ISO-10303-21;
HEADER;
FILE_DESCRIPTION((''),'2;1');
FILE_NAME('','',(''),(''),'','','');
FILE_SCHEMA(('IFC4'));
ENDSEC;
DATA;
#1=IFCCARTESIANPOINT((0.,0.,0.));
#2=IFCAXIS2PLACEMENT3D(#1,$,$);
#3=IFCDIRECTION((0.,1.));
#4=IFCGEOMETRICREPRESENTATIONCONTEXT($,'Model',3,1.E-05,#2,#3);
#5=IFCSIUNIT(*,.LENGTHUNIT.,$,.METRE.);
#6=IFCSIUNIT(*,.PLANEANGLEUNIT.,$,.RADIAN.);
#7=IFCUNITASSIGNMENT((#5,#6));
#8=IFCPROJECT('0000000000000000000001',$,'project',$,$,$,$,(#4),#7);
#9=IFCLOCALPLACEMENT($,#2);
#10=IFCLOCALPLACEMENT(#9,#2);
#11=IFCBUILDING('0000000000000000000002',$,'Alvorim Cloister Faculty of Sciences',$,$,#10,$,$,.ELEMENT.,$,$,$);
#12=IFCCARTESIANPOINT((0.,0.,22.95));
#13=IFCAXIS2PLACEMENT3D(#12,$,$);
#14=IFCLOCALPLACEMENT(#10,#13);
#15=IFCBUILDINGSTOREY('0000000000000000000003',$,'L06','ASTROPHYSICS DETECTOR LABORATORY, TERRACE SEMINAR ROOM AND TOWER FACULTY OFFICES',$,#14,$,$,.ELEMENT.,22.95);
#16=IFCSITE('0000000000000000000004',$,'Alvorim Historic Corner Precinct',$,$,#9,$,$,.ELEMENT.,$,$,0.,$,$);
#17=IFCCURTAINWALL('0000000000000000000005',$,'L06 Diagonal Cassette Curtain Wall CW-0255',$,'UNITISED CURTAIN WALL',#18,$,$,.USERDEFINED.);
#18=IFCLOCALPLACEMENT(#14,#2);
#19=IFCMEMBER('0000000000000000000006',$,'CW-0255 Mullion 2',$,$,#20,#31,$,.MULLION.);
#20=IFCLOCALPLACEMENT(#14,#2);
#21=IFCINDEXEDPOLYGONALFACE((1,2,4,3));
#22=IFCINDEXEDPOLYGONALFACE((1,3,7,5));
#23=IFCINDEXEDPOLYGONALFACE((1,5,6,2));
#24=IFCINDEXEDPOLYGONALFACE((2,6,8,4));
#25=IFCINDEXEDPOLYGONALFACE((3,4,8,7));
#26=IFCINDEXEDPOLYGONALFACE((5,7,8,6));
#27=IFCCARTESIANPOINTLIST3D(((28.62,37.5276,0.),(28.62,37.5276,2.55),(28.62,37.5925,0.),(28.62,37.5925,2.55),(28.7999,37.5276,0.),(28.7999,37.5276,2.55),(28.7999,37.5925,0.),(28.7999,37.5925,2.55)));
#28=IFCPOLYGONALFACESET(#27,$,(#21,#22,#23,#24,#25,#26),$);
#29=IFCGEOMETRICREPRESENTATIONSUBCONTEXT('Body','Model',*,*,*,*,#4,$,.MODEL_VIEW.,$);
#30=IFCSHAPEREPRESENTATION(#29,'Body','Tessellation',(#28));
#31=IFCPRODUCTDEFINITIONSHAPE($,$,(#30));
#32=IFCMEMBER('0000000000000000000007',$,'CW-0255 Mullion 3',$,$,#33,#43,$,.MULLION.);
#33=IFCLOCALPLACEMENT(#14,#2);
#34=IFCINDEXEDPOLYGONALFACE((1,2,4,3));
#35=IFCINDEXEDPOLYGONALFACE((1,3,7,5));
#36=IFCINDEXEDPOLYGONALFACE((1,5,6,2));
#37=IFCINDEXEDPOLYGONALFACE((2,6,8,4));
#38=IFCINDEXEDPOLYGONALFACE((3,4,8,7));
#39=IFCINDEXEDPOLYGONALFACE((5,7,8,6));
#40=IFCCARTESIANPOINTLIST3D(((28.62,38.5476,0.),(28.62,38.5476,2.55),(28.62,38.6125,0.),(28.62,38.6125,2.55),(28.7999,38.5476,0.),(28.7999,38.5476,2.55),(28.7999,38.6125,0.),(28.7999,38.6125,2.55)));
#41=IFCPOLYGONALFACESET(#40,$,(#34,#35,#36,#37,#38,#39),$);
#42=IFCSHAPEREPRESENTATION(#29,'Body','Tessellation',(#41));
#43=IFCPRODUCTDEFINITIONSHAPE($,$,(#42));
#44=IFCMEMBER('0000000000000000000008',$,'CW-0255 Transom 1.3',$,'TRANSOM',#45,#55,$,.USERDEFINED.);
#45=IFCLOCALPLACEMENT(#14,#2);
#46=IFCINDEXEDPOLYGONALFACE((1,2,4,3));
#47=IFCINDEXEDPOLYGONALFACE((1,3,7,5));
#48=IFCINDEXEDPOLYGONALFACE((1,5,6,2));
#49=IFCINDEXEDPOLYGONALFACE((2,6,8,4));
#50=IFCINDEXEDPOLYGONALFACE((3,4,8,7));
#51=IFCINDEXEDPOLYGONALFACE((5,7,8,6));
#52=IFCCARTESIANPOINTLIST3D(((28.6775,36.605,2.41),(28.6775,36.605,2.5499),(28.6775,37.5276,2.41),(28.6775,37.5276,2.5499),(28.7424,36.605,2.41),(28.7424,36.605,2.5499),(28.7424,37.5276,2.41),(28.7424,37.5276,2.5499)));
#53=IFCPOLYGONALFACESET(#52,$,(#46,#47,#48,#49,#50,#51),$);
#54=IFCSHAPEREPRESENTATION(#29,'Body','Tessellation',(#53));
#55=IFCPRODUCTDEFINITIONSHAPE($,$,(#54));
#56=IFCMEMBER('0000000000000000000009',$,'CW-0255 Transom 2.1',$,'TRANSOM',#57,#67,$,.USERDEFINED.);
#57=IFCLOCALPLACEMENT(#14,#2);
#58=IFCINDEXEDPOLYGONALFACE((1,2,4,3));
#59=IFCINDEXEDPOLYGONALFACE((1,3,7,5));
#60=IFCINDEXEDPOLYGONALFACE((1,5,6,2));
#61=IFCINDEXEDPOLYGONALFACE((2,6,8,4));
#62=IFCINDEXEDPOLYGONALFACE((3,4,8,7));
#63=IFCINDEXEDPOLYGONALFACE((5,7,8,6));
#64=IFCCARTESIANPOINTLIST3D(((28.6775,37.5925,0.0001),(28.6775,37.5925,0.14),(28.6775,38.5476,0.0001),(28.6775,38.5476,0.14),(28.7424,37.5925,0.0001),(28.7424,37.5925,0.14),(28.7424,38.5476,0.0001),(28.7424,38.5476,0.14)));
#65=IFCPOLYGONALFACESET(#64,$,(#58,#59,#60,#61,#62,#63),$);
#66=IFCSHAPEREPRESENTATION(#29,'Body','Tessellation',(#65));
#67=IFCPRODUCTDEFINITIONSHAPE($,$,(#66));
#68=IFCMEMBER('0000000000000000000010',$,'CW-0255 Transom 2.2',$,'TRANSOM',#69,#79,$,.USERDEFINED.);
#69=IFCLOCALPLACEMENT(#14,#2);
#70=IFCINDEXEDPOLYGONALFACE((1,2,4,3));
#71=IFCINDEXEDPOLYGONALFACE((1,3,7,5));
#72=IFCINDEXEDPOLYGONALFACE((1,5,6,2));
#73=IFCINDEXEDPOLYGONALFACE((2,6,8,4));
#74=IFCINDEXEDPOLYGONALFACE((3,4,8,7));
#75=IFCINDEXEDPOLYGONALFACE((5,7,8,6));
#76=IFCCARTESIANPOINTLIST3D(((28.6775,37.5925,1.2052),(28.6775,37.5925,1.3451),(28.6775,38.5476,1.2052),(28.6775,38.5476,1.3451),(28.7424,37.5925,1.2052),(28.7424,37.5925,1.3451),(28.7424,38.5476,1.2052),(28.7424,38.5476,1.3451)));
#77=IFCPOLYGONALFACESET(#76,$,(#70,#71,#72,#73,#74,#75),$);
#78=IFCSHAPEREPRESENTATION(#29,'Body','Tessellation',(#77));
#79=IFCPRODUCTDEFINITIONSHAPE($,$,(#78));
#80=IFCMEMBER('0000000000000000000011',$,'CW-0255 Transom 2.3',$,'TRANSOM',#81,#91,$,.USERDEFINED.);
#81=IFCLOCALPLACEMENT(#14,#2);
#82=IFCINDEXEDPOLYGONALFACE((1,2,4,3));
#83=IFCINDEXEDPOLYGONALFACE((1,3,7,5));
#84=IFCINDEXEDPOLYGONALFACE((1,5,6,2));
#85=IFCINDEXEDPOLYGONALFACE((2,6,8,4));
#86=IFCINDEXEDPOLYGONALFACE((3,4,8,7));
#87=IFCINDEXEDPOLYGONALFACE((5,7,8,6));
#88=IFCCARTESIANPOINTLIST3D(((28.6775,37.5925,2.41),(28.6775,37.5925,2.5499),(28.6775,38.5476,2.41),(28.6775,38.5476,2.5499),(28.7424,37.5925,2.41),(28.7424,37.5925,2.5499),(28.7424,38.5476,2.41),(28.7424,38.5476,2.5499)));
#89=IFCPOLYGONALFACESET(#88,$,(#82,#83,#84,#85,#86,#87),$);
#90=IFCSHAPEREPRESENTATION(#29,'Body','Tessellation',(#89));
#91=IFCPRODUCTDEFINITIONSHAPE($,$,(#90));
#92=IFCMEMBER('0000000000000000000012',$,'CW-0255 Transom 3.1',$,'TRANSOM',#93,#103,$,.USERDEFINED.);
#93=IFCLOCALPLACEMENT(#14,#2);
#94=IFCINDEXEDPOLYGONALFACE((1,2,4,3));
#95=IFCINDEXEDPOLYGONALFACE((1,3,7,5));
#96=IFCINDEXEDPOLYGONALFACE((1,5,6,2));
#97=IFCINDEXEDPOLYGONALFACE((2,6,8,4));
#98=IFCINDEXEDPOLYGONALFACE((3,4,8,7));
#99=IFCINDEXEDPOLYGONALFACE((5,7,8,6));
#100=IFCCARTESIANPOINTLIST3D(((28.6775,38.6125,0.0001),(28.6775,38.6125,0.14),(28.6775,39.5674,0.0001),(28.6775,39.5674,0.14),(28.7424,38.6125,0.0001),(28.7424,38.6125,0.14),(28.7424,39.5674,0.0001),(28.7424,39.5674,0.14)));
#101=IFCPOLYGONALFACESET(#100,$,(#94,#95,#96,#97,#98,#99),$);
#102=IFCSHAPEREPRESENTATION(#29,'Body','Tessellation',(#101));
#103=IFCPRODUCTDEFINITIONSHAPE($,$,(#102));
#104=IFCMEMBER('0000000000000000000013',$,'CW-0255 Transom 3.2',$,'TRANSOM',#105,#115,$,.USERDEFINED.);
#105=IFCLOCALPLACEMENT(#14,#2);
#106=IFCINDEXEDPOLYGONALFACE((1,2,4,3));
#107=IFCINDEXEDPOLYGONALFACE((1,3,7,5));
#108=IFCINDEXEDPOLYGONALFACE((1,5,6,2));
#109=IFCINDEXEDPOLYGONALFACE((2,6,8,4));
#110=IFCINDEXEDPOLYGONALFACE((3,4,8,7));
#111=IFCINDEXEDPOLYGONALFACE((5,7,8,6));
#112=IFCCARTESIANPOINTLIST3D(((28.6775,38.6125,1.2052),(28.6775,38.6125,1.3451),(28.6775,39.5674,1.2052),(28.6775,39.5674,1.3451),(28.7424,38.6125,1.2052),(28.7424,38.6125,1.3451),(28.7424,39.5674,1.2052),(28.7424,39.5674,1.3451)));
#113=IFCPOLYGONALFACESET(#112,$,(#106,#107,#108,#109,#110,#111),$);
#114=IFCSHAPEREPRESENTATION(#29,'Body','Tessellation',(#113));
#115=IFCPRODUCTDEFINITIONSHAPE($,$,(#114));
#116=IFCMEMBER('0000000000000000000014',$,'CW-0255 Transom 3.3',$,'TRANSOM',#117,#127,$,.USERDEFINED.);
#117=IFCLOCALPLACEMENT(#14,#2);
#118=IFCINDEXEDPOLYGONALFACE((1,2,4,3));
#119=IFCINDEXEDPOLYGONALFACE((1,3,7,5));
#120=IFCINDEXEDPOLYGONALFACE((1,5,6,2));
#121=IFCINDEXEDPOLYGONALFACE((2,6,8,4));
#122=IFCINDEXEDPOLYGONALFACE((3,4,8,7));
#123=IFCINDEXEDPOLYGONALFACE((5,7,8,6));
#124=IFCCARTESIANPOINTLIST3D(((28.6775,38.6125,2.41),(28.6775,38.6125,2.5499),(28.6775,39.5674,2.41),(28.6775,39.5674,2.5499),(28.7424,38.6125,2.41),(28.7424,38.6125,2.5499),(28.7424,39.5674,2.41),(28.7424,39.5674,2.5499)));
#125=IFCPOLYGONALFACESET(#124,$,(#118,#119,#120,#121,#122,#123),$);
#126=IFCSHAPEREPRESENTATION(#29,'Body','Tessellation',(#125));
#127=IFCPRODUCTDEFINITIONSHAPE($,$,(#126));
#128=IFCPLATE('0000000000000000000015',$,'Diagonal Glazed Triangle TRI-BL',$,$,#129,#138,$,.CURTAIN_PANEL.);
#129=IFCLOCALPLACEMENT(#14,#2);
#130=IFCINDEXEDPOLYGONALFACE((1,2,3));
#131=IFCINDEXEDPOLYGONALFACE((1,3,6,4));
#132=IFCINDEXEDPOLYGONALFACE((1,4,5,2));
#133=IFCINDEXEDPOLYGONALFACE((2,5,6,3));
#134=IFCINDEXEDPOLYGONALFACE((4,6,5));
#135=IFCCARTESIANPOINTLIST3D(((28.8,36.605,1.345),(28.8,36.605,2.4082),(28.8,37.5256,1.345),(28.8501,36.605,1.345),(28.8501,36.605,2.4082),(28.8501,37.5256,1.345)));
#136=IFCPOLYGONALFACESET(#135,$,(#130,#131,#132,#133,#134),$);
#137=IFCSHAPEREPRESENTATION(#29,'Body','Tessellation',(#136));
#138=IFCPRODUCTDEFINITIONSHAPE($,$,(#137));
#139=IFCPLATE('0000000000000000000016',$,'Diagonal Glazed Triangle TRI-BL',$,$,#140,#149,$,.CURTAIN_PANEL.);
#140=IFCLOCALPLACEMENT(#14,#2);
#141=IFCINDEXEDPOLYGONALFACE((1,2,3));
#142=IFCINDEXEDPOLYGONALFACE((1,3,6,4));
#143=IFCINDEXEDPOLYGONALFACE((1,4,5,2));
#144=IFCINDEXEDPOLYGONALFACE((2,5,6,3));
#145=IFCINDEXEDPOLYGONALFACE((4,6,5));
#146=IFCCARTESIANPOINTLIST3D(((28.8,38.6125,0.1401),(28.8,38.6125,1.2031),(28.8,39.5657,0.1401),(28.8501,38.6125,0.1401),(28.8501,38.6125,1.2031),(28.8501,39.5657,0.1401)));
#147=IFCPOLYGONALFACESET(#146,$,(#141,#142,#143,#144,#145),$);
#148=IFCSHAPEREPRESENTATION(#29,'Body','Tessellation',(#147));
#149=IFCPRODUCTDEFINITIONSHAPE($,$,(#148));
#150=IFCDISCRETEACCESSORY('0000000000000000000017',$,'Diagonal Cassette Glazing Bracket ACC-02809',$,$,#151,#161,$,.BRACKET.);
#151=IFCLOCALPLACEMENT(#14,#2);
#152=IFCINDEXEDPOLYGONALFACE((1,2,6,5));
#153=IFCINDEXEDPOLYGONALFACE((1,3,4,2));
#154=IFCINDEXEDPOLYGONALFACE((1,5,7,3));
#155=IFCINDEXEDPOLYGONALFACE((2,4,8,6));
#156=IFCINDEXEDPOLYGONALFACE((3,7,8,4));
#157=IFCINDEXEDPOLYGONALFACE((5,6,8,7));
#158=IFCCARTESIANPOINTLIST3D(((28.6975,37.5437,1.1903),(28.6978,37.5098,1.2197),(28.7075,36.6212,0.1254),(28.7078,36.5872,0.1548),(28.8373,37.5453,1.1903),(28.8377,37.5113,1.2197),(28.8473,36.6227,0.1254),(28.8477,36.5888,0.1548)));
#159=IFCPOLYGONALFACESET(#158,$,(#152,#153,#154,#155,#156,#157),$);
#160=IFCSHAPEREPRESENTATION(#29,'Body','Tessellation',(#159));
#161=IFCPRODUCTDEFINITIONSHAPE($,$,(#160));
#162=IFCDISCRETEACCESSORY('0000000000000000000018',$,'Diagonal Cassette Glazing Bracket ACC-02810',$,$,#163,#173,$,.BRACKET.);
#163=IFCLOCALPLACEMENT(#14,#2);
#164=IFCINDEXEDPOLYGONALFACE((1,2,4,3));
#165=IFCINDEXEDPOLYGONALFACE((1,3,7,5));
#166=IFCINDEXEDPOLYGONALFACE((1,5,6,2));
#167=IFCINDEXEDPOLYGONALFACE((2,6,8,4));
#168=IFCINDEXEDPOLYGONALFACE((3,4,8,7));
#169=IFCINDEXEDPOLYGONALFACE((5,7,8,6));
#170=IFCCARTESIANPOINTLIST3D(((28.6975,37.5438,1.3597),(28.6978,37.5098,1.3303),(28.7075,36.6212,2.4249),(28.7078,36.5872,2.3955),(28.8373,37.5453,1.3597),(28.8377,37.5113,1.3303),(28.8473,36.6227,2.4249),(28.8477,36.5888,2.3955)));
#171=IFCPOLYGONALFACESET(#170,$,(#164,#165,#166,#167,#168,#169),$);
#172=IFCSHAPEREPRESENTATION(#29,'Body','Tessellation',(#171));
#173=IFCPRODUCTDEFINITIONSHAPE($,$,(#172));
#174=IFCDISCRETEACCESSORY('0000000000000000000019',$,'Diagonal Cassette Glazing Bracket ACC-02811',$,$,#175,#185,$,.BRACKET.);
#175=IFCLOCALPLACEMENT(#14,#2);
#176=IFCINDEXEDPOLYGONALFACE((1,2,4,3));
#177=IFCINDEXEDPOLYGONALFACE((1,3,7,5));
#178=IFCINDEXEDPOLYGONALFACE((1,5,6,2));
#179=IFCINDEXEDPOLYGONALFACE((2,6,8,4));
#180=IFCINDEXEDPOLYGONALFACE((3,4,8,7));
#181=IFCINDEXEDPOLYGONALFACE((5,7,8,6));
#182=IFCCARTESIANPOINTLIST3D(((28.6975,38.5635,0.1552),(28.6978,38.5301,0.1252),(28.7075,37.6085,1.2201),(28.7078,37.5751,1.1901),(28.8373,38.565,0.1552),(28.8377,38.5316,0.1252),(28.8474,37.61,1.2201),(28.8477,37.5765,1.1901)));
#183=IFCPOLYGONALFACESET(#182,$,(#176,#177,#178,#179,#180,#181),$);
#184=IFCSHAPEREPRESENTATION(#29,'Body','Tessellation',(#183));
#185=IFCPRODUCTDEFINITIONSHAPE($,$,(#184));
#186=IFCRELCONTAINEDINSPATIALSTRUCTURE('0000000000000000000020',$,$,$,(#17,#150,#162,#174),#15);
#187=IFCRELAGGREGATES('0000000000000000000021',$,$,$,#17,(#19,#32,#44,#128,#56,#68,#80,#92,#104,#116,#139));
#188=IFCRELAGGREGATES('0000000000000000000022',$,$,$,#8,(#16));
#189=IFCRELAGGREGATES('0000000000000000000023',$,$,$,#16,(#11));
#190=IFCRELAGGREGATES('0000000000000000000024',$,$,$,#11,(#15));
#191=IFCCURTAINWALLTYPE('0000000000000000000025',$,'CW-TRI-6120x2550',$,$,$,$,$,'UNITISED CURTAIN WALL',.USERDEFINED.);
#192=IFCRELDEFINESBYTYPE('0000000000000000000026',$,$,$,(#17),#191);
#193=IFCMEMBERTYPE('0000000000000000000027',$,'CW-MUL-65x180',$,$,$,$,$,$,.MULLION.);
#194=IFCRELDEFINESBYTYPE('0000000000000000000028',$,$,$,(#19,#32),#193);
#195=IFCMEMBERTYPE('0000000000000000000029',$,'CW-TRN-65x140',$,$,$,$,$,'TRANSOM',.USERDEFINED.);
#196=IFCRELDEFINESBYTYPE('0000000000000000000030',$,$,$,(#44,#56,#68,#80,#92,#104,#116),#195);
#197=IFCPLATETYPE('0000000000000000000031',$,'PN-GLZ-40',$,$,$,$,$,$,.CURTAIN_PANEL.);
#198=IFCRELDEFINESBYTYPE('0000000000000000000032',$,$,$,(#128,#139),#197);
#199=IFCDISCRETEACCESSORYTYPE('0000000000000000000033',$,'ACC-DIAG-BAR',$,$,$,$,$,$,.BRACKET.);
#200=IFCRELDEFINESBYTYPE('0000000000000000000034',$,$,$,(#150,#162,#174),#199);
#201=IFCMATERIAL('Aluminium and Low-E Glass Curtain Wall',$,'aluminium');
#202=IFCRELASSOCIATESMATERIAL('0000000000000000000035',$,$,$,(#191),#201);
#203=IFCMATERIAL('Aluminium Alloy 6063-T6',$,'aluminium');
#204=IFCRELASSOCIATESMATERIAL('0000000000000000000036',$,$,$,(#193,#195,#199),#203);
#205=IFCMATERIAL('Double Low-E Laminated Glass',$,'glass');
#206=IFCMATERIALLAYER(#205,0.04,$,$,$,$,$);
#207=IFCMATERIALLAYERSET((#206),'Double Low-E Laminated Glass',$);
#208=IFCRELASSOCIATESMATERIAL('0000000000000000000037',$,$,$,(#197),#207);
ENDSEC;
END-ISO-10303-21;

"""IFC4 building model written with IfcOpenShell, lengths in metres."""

from ifc_helpers import new_model, si_unit, direction, frame, origin, origin_2d, place, context, subcontext, project, spatial, polyline, rectangle, outline, extrude, material, layer, layer_set, material_profile, profile_set, type_object, element, aggregate, save


model = new_model("IFC4")

# Units and contexts
model_context = context("Model", 3, precision=1e-05, world=origin(), true_north=direction((0.0, 1.0)))
body_context = subcontext(model_context, "Body", "Model", "MODEL_VIEW")
ifc_project = project(units=[si_unit("LENGTHUNIT", "METRE"), si_unit("PLANEANGLEUNIT", "RADIAN")], contexts=[model_context])

# Site, building, storey
site_placement = place(None, origin())
site = spatial("IfcSite", under=ifc_project, at=site_placement, Name="Alvorim Historic Corner Precinct", CompositionType="ELEMENT", RefElevation=0.0)
building_placement = place(site_placement, origin())
building = spatial("IfcBuilding", under=site, at=building_placement, Name="Alvorim Cloister Faculty of Sciences", CompositionType="ELEMENT")
storey_placement = place(building_placement, frame((0.0, 0.0, 22.95)))
storey = spatial("IfcBuildingStorey", under=building, at=storey_placement, Name="L06", Description="ASTROPHYSICS DETECTOR LABORATORY, TERRACE SEMINAR ROOM AND TOWER FACULTY OFFICES", CompositionType="ELEMENT", Elevation=22.95)

# Curtain wall, members, plates
ifc_material_1 = material(Name="Aluminium and Low-E Glass Curtain Wall", Category="aluminium")
curtain_wall_type = type_object("IfcCurtainWallType", Name="CW-TRI-6120x2550", ElementType="UNITISED CURTAIN WALL", PredefinedType="USERDEFINED", material=ifc_material_1)
curtain_wall_placement = place(storey_placement, origin())
curtain_wall = element("IfcCurtainWall", 1, at=curtain_wall_placement, inside=storey, type_object=curtain_wall_type, Name="L06 Diagonal Cassette Curtain Wall CW-0255", ObjectType="UNITISED CURTAIN WALL", PredefinedType="USERDEFINED")
ifc_material_2 = material(Name="Aluminium Alloy 6063-T6", Category="aluminium")
ifc_material_profile_1 = material_profile(ifc_material_2, rectangle(XDim=0.0649, YDim=0.1799, at=origin_2d()), Name="ALU-MUL-65x180")
ifc_profile_set_1 = profile_set([ifc_material_profile_1], Name="Aluminium Alloy 6063-T6")
member_type_1 = type_object("IfcMemberType", Name="CW-MUL-65x180", PredefinedType="MULLION", material=ifc_profile_set_1)
member_1_placement = place(storey_placement, frame((28.71, 37.5601, 0.0), z_axis=(0.0, 0.0, 1.0), x_axis=(0.0, 1.0, 0.0)))
member_1 = element("IfcMember", 2, at=member_1_placement, type_object=member_type_1, Name="CW-0255 Mullion 2", PredefinedType="MULLION", context=body_context, shape_type="SweptSolid", body=[
    extrude(rectangle(XDim=0.0649, YDim=0.1799, at=origin_2d()), origin(), (0.0, 0.0, 1.0), 2.55),
])
member_2_placement = place(storey_placement, frame((28.71, 38.5801, 0.0), z_axis=(0.0, 0.0, 1.0), x_axis=(0.0, 1.0, 0.0)))
member_2 = element("IfcMember", 3, at=member_2_placement, type_object=member_type_1, Name="CW-0255 Mullion 3", PredefinedType="MULLION", context=body_context, shape_type="SweptSolid", body=[
    extrude(rectangle(XDim=0.0649, YDim=0.1799, at=origin_2d()), origin(), (0.0, 0.0, 1.0), 2.55),
])
ifc_material_profile_2 = material_profile(ifc_material_2, rectangle(XDim=0.0649, YDim=0.1399, at=origin_2d()), Name="ALU-TRN-65x140")
ifc_profile_set_2 = profile_set([ifc_material_profile_2], Name="Aluminium Alloy 6063-T6")
member_type_2 = type_object("IfcMemberType", Name="CW-TRN-65x140", ElementType="TRANSOM", PredefinedType="USERDEFINED", material=ifc_profile_set_2)
member_3_placement = place(storey_placement, frame((28.71, 36.605, 2.48), z_axis=(0.0, 1.0, 0.0), x_axis=(-1.0, 0.0, 0.0)))
member_3 = element("IfcMember", 4, at=member_3_placement, type_object=member_type_2, Name="CW-0255 Transom 1.3", ObjectType="TRANSOM", PredefinedType="USERDEFINED", context=body_context, shape_type="SweptSolid", body=[
    extrude(rectangle(XDim=0.0649, YDim=0.1399, at=origin_2d()), origin(), (0.0, 0.0, 1.0), 0.9226),
])
member_4_placement = place(storey_placement, frame((28.71, 37.5925, 0.0701), z_axis=(0.0, 1.0, 0.0), x_axis=(-1.0, 0.0, 0.0)))
member_4 = element("IfcMember", 5, at=member_4_placement, type_object=member_type_2, Name="CW-0255 Transom 2.1", ObjectType="TRANSOM", PredefinedType="USERDEFINED", context=body_context, shape_type="SweptSolid", body=[
    extrude(rectangle(XDim=0.0649, YDim=0.1399, at=origin_2d()), origin(), (0.0, 0.0, 1.0), 0.9551),
])
member_5_placement = place(storey_placement, frame((28.71, 37.5925, 1.2751), z_axis=(0.0, 1.0, 0.0), x_axis=(-1.0, 0.0, 0.0)))
member_5 = element("IfcMember", 6, at=member_5_placement, type_object=member_type_2, Name="CW-0255 Transom 2.2", ObjectType="TRANSOM", PredefinedType="USERDEFINED", context=body_context, shape_type="SweptSolid", body=[
    extrude(rectangle(XDim=0.0649, YDim=0.1399, at=origin_2d()), origin(), (0.0, 0.0, 1.0), 0.9551),
])
member_6_placement = place(storey_placement, frame((28.71, 37.5925, 2.48), z_axis=(0.0, 1.0, 0.0), x_axis=(-1.0, 0.0, 0.0)))
member_6 = element("IfcMember", 7, at=member_6_placement, type_object=member_type_2, Name="CW-0255 Transom 2.3", ObjectType="TRANSOM", PredefinedType="USERDEFINED", context=body_context, shape_type="SweptSolid", body=[
    extrude(rectangle(XDim=0.0649, YDim=0.1399, at=origin_2d()), origin(), (0.0, 0.0, 1.0), 0.9551),
])
member_7_placement = place(storey_placement, frame((28.71, 38.6125, 0.0701), z_axis=(0.0, 1.0, 0.0), x_axis=(-1.0, 0.0, 0.0)))
member_7 = element("IfcMember", 8, at=member_7_placement, type_object=member_type_2, Name="CW-0255 Transom 3.1", ObjectType="TRANSOM", PredefinedType="USERDEFINED", context=body_context, shape_type="SweptSolid", body=[
    extrude(rectangle(XDim=0.0649, YDim=0.1399, at=origin_2d()), origin(), (0.0, 0.0, 1.0), 0.9548),
])
member_8_placement = place(storey_placement, frame((28.71, 38.6125, 1.2751), z_axis=(0.0, 1.0, 0.0), x_axis=(-1.0, 0.0, 0.0)))
member_8 = element("IfcMember", 9, at=member_8_placement, type_object=member_type_2, Name="CW-0255 Transom 3.2", ObjectType="TRANSOM", PredefinedType="USERDEFINED", context=body_context, shape_type="SweptSolid", body=[
    extrude(rectangle(XDim=0.0649, YDim=0.1399, at=origin_2d()), origin(), (0.0, 0.0, 1.0), 0.9548),
])
member_9_placement = place(storey_placement, frame((28.71, 38.6125, 2.48), z_axis=(0.0, 1.0, 0.0), x_axis=(-1.0, 0.0, 0.0)))
member_9 = element("IfcMember", 10, at=member_9_placement, type_object=member_type_2, Name="CW-0255 Transom 3.3", ObjectType="TRANSOM", PredefinedType="USERDEFINED", context=body_context, shape_type="SweptSolid", body=[
    extrude(rectangle(XDim=0.0649, YDim=0.1399, at=origin_2d()), origin(), (0.0, 0.0, 1.0), 0.9548),
])
ifc_material_3 = material(Name="Double Low-E Laminated Glass", Category="glass")
ifc_layer = layer(ifc_material_3, 0.04)
ifc_layer_set = layer_set([ifc_layer], Name="Double Low-E Laminated Glass")
plate_type = type_object("IfcPlateType", Name="PN-GLZ-40", PredefinedType="CURTAIN_PANEL", material=ifc_layer_set)
plate_1_placement = place(storey_placement, frame((28.825, 36.605, 1.345), z_axis=(0.0, 0.0, 1.0), x_axis=(0.0, 1.0, 0.0)))
plate_1 = element("IfcPlate", 11, at=plate_1_placement, type_object=plate_type, Name="Diagonal Glazed Triangle TRI-BL", PredefinedType="CURTAIN_PANEL", context=body_context, shape_type="SweptSolid", body=[
    extrude(outline(polyline([(0.0, 0.0), (0.9207, 0.0), (0.0, 1.0632), (0.0, 0.0)])), frame((0.0, 0.0249, 0.0), z_axis=(0.0, -1.0, 0.0), x_axis=(1.0, 0.0, 0.0)), (0.0, 0.0, 1.0), 0.05),
])
plate_2_placement = place(storey_placement, frame((28.825, 38.6125, 0.1401), z_axis=(0.0, 0.0, 1.0), x_axis=(0.0, 1.0, 0.0)))
plate_2 = element("IfcPlate", 12, at=plate_2_placement, type_object=plate_type, Name="Diagonal Glazed Triangle TRI-BL", PredefinedType="CURTAIN_PANEL", context=body_context, shape_type="SweptSolid", body=[
    extrude(outline(polyline([(0.0, 0.0), (0.9531, 0.0), (0.0, 1.063), (0.0, 0.0)])), frame((0.0, 0.0249, 0.0), z_axis=(0.0, -1.0, 0.0), x_axis=(1.0, 0.0, 0.0)), (0.0, 0.0, 1.0), 0.05),
])
aggregate(curtain_wall, [member_1, member_2, member_3, plate_1, member_4, member_5, member_6, member_7, member_8, member_9, plate_2])

# Discrete accessories
discrete_accessory_type = type_object("IfcDiscreteAccessoryType", Name="ACC-DIAG-BAR", PredefinedType="BRACKET", material=ifc_material_2)
discrete_accessory_1_placement = place(storey_placement, frame((28.7776, 36.605, 0.1401), z_axis=(-0.007104, 0.654775, 0.75579), x_axis=(-0.999941, -0.010849, 0.0)))
element("IfcDiscreteAccessory", 13, at=discrete_accessory_1_placement, inside=storey, type_object=discrete_accessory_type, Name="Diagonal Cassette Glazing Bracket ACC-02809", PredefinedType="BRACKET", context=body_context, shape_type="SweptSolid", body=[
    extrude(rectangle(XDim=0.1399, YDim=0.0449, at=origin_2d()), origin(), (0.0, 0.0, 1.0), 1.4089),
])
discrete_accessory_2_placement = place(storey_placement, frame((28.7776, 36.605, 2.4102), z_axis=(-0.007103, 0.65469, -0.755864), x_axis=(-0.999941, -0.010849, 0.0)))
element("IfcDiscreteAccessory", 14, at=discrete_accessory_2_placement, inside=storey, type_object=discrete_accessory_type, Name="Diagonal Cassette Glazing Bracket ACC-02810", PredefinedType="BRACKET", context=body_context, shape_type="SweptSolid", body=[
    extrude(rectangle(XDim=0.1399, YDim=0.0449, at=origin_2d()), origin(), (0.0, 0.0, 1.0), 1.4092),
])
discrete_accessory_3_placement = place(storey_placement, frame((28.7776, 37.5925, 1.2051), z_axis=(-0.006997, 0.667646, -0.744446), x_axis=(-0.999945, -0.01048, 0.0)))
element("IfcDiscreteAccessory", 15, at=discrete_accessory_3_placement, inside=storey, type_object=discrete_accessory_type, Name="Diagonal Cassette Glazing Bracket ACC-02811", PredefinedType="BRACKET", context=body_context, shape_type="SweptSolid", body=[
    extrude(rectangle(XDim=0.1399, YDim=0.0449, at=origin_2d()), origin(), (0.0, 0.0, 1.0), 1.4304),
])

save(model, "model.ifc")
